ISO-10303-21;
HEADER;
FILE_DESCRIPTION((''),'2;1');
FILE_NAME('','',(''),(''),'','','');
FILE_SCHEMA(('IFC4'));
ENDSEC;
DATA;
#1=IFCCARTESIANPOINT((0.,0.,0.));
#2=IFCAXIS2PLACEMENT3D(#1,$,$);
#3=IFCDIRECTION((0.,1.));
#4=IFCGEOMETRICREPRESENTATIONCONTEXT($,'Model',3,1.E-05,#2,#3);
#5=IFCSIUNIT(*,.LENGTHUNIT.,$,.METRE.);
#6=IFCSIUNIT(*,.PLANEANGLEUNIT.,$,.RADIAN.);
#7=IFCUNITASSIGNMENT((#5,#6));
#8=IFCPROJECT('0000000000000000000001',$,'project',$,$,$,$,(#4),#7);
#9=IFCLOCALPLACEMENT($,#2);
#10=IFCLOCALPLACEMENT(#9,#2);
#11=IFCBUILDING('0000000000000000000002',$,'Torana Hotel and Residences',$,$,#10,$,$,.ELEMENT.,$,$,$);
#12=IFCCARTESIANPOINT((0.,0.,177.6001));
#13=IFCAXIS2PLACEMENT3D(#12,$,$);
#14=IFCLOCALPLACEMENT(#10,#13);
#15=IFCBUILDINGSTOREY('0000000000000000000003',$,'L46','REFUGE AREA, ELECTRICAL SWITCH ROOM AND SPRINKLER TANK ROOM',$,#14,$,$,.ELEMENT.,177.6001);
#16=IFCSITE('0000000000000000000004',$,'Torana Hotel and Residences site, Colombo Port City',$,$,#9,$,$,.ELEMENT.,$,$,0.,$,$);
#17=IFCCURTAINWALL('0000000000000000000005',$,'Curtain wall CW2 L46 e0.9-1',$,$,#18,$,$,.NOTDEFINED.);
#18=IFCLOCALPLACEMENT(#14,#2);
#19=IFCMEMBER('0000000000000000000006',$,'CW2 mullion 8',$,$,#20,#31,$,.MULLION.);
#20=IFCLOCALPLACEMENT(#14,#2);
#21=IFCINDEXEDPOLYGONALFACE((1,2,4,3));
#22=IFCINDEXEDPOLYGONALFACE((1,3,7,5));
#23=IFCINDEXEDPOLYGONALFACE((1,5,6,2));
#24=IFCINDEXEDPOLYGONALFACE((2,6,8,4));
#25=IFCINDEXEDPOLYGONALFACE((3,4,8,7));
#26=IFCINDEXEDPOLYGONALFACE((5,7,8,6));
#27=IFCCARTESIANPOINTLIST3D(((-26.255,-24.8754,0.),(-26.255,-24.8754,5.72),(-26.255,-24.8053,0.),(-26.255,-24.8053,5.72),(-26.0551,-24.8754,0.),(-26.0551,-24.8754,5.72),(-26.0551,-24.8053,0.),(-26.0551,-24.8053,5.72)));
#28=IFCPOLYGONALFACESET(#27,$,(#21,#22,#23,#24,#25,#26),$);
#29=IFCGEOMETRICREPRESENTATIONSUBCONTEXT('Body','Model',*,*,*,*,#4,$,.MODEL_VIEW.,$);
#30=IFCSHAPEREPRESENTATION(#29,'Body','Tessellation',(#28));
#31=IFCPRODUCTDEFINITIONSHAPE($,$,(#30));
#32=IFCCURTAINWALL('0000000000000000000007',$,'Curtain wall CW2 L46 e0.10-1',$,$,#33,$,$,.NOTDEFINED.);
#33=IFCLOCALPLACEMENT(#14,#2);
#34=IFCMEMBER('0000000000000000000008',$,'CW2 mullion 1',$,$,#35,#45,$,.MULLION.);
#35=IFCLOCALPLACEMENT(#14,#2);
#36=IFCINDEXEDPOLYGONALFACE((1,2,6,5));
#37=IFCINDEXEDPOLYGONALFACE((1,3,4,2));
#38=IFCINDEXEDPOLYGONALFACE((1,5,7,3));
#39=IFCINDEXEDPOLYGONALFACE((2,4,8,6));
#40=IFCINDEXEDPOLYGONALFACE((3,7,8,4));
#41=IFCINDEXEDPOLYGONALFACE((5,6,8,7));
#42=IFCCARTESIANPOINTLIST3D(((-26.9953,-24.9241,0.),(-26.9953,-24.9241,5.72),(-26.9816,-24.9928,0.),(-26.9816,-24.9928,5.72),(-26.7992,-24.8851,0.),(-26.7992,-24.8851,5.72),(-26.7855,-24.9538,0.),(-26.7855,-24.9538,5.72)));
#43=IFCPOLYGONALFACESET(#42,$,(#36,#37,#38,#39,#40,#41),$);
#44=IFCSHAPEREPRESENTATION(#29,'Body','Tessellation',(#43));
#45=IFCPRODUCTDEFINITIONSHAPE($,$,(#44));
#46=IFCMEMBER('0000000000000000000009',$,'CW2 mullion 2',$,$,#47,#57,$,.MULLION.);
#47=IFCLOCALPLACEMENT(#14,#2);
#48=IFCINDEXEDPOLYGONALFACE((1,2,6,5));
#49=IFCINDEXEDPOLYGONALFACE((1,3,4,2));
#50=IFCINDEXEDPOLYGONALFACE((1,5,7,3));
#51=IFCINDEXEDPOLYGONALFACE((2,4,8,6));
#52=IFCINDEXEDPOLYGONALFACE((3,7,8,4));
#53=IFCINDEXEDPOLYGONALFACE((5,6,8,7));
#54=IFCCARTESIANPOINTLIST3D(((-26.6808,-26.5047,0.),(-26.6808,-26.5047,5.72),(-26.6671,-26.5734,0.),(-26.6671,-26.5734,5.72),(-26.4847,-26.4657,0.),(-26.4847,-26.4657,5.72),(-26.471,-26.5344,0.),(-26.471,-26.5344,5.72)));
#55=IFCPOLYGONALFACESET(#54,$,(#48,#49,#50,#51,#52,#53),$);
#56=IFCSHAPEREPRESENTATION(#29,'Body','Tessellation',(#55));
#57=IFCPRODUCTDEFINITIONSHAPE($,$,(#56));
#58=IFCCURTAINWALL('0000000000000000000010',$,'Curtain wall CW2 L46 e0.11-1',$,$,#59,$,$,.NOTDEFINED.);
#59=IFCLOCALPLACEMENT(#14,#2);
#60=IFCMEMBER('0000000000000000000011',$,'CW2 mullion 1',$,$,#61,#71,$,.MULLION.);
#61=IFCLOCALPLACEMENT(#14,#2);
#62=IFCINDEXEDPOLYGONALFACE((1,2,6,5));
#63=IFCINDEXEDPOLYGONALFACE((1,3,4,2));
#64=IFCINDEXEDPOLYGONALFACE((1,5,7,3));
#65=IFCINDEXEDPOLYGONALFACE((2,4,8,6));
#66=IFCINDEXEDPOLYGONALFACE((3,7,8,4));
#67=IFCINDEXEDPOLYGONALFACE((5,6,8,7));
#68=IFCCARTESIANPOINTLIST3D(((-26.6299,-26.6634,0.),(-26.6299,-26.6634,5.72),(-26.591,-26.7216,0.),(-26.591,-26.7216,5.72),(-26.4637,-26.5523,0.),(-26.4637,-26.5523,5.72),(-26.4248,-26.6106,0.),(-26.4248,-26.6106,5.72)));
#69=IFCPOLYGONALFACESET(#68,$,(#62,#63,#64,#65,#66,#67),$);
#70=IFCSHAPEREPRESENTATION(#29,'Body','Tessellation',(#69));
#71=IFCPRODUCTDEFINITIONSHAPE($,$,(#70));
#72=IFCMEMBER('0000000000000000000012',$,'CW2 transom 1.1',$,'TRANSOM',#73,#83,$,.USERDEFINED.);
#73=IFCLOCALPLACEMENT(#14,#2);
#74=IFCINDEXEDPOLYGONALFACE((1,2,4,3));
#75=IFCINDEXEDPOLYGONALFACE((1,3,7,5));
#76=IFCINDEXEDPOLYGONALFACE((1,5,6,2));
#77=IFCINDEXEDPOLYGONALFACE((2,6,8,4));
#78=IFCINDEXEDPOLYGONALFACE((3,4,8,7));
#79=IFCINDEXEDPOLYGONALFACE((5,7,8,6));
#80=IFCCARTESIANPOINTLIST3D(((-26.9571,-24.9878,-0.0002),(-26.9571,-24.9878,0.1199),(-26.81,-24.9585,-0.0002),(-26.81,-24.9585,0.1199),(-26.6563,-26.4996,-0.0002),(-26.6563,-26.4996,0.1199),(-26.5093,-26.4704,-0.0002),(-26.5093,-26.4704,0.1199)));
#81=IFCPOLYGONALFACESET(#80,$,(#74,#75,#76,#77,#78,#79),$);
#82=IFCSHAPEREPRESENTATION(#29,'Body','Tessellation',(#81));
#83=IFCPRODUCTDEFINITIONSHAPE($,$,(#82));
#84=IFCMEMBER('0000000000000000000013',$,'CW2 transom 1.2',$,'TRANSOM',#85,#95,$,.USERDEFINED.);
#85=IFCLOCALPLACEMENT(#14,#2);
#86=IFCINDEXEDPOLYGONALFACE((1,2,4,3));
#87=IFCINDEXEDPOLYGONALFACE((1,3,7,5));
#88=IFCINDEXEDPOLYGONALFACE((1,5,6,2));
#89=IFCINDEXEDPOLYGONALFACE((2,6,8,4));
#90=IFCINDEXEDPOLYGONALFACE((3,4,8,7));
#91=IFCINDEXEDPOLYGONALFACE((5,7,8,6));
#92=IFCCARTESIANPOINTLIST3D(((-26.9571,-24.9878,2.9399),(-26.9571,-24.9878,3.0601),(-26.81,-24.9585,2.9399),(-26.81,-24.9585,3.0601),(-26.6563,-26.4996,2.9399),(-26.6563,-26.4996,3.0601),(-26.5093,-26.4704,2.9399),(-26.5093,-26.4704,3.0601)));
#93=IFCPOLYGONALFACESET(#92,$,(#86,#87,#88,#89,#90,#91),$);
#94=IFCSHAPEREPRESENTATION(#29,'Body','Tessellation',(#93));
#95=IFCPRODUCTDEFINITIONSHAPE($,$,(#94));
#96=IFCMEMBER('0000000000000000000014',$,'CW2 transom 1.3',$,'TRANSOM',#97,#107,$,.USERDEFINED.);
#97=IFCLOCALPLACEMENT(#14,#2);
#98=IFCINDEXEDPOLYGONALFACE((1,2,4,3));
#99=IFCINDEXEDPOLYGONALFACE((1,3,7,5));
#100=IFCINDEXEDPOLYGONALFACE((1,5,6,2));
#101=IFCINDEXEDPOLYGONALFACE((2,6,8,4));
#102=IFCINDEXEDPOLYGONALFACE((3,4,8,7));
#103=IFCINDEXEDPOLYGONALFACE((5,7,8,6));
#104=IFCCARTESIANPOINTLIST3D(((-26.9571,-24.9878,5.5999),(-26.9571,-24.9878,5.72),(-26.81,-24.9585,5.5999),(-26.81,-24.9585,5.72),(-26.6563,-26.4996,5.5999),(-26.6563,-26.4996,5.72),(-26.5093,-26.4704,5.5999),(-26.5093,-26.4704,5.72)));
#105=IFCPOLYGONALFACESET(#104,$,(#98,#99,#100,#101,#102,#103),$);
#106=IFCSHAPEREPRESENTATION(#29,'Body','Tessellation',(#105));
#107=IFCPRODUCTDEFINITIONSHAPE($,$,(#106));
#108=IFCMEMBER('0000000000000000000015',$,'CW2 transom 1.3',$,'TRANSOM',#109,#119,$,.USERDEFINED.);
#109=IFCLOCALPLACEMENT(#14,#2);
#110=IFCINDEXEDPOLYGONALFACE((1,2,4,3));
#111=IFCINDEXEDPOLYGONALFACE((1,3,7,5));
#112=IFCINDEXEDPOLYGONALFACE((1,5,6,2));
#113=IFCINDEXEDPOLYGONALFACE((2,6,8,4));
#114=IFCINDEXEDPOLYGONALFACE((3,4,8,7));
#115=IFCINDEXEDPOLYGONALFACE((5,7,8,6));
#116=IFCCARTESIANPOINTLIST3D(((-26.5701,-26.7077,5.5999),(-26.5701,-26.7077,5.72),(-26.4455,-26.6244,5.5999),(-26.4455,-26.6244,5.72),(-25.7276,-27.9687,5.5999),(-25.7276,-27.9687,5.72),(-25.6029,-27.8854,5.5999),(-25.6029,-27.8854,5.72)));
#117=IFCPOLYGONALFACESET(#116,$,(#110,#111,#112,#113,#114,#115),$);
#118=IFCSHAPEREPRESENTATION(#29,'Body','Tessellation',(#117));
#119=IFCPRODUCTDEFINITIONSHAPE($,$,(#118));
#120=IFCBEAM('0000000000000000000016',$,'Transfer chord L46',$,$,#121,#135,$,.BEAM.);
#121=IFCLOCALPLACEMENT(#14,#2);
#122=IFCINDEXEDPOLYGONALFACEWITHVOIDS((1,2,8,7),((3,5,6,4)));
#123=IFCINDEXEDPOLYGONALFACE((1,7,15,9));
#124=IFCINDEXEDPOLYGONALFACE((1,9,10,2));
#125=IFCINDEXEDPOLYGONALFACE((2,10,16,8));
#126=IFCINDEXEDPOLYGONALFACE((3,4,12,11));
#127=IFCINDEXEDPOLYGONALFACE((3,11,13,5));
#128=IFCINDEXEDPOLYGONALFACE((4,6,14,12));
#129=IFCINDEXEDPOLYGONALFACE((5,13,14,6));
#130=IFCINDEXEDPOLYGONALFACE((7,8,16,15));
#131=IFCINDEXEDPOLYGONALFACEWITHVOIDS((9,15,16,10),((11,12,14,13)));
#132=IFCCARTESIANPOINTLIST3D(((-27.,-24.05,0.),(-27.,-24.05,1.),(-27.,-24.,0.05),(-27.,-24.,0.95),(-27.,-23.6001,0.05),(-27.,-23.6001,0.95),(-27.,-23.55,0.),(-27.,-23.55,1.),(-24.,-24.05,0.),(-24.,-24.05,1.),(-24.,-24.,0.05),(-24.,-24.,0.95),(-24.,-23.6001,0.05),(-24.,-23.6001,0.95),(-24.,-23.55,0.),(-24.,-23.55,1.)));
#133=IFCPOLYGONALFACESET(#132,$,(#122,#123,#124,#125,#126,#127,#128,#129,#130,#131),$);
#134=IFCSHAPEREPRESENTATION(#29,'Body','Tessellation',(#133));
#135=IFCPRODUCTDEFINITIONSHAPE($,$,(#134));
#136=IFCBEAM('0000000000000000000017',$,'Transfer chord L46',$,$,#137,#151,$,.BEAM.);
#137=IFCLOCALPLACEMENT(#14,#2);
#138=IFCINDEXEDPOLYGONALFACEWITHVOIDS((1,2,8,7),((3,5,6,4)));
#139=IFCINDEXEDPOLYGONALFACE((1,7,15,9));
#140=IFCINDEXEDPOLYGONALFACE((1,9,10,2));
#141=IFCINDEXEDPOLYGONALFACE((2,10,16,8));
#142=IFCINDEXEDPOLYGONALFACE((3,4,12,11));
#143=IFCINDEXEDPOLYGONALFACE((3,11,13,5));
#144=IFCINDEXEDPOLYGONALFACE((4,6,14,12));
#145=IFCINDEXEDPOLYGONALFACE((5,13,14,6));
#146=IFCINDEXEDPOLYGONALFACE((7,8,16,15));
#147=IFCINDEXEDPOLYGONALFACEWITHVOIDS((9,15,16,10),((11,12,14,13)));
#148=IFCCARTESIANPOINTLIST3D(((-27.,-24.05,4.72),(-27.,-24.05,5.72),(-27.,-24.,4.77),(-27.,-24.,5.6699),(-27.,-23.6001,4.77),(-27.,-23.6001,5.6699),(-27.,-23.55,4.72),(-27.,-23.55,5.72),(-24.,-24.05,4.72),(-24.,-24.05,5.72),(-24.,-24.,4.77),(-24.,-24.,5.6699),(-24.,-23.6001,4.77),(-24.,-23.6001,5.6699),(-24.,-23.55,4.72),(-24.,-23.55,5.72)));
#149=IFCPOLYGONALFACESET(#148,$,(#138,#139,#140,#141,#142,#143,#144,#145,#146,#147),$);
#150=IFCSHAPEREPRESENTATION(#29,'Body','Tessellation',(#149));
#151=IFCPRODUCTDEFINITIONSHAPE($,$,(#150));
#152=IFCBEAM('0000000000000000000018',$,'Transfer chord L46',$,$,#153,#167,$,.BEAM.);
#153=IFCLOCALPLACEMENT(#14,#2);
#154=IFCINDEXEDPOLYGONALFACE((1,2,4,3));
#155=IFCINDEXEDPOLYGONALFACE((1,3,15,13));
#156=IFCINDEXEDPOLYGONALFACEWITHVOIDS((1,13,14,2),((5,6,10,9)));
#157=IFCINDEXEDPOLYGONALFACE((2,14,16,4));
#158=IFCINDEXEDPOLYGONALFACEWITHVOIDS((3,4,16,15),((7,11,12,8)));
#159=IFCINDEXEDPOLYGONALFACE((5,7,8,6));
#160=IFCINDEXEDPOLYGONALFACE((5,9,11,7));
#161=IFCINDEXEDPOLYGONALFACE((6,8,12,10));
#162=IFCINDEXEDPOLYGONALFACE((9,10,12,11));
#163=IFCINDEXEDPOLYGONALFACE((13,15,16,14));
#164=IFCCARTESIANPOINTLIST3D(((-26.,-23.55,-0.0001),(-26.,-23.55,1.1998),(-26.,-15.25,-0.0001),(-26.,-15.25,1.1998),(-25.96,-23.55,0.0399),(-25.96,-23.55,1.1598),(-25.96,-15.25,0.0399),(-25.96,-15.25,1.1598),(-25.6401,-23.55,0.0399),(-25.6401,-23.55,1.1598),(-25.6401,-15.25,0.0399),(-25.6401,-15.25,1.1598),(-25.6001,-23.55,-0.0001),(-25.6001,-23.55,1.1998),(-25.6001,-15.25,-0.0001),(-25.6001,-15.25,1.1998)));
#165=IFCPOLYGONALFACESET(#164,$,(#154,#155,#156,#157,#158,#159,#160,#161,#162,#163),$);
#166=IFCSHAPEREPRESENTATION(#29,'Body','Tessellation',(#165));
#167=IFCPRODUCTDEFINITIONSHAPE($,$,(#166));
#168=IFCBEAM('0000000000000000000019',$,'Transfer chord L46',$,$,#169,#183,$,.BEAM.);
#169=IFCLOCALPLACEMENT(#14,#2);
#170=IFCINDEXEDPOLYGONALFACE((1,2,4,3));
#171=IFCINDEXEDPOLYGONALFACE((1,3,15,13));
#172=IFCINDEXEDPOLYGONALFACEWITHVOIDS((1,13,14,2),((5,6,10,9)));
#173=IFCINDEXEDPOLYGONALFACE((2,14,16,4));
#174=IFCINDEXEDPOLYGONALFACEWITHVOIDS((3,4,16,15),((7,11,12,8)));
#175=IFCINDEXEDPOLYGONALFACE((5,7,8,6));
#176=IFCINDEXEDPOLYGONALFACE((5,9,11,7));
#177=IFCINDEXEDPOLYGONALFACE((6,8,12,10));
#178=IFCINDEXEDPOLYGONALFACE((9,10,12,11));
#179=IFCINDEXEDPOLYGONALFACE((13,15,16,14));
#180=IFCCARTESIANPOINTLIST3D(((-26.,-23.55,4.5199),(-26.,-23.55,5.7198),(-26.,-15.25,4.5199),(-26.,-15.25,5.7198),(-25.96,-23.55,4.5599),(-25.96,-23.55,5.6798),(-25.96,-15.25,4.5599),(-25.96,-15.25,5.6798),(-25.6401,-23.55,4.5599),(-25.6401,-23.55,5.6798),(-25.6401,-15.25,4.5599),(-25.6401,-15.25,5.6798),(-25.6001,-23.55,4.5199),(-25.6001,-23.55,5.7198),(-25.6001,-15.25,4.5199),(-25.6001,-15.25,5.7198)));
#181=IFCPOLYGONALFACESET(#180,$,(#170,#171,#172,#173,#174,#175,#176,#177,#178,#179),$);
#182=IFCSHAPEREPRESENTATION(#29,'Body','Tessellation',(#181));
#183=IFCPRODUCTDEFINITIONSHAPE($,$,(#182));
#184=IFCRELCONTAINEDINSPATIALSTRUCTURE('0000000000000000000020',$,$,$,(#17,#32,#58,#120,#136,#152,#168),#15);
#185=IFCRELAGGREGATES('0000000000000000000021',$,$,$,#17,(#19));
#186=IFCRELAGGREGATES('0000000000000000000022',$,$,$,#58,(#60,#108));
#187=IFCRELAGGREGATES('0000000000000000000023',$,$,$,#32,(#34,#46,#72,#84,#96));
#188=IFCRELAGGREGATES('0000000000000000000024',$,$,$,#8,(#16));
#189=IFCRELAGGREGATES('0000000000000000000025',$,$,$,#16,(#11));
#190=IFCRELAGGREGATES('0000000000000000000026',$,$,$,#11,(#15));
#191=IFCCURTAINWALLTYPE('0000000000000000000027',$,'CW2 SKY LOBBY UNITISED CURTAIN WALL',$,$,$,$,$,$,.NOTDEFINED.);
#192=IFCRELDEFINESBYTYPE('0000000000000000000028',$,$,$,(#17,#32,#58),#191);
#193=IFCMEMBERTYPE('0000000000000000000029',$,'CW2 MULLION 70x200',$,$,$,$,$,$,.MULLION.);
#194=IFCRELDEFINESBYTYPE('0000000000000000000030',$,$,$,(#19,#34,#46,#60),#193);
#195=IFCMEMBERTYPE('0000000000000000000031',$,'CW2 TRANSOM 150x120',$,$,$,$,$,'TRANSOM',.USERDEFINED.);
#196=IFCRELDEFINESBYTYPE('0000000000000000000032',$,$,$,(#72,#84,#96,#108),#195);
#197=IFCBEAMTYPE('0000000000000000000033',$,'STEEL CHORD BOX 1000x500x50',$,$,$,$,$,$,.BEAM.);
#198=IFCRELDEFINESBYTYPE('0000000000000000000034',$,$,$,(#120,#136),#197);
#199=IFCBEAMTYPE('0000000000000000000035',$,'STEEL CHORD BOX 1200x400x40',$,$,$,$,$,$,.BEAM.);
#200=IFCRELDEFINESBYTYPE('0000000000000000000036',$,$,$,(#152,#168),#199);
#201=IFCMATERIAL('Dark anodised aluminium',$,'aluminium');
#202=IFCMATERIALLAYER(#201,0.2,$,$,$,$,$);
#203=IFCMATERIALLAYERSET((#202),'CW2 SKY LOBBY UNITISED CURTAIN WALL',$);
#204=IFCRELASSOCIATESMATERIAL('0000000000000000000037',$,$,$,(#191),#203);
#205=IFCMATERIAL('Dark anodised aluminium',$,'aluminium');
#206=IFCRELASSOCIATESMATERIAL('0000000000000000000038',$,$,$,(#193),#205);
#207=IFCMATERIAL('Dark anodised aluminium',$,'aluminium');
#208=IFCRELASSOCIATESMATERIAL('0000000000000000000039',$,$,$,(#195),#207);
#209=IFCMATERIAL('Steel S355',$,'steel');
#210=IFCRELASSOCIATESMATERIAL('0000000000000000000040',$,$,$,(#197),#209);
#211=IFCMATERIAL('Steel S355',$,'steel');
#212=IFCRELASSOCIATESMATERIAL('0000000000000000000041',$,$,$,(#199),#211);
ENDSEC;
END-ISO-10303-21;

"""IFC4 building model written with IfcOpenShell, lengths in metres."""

from ifc_helpers import new_model, si_unit, direction, frame, origin, origin_2d, place, context, subcontext, project, spatial, rectangle, hollow_rectangle, extrude, material, layer, layer_set, material_profile, profile_set, type_object, element, aggregate, save


model = new_model("IFC4")

# Units and contexts
model_context = context("Model", 3, precision=1e-05, world=origin(), true_north=direction((0.0, 1.0)))
body_context = subcontext(model_context, "Body", "Model", "MODEL_VIEW")
ifc_project = project(units=[si_unit("LENGTHUNIT", "METRE"), si_unit("PLANEANGLEUNIT", "RADIAN")], contexts=[model_context])

# Site, building, storey
site_placement = place(None, origin())
site = spatial("IfcSite", under=ifc_project, at=site_placement, Name="Torana Hotel and Residences site, Colombo Port City", CompositionType="ELEMENT", RefElevation=0.0)
building_placement = place(site_placement, origin())
building = spatial("IfcBuilding", under=site, at=building_placement, Name="Torana Hotel and Residences", CompositionType="ELEMENT")
storey_placement = place(building_placement, frame((0.0, 0.0, 177.6001)))
storey = spatial("IfcBuildingStorey", under=building, at=storey_placement, Name="L46", Description="REFUGE AREA, ELECTRICAL SWITCH ROOM AND SPRINKLER TANK ROOM", CompositionType="ELEMENT", Elevation=177.6001)

# Curtain wall, member
ifc_material_1 = material(Name="Dark anodised aluminium", Category="aluminium")
ifc_layer_1 = layer(ifc_material_1, 0.2)
ifc_layer_set_1 = layer_set([ifc_layer_1], Name="CW2 SKY LOBBY UNITISED CURTAIN WALL")
curtain_wall_type = type_object("IfcCurtainWallType", Name="CW2 SKY LOBBY UNITISED CURTAIN WALL", PredefinedType="NOTDEFINED", material=ifc_layer_set_1)
curtain_wall_1_placement = place(storey_placement, origin())
curtain_wall_1 = element("IfcCurtainWall", 1, at=curtain_wall_1_placement, inside=storey, type_object=curtain_wall_type, Name="Curtain wall CW2 L46 e0.9-1", PredefinedType="NOTDEFINED")
ifc_material_2 = material(Name="Dark anodised aluminium", Category="aluminium")
ifc_material_profile_1 = material_profile(ifc_material_2, rectangle(XDim=0.2, YDim=0.0701, at=origin_2d()), Name="CW2 MULLION 70x200")
ifc_profile_set_1 = profile_set([ifc_material_profile_1], Name="Dark anodised aluminium")
member_type_1 = type_object("IfcMemberType", Name="CW2 MULLION 70x200", PredefinedType="MULLION", material=ifc_profile_set_1)
member_1_placement = place(storey_placement, frame((-26.155, -24.8403, 0.0), z_axis=(0.0, 0.0, 1.0), x_axis=(1.0, 0.0, 0.0)))
member_1 = element("IfcMember", 2, at=member_1_placement, type_object=member_type_1, Name="CW2 mullion 8", PredefinedType="MULLION", context=body_context, shape_type="SweptSolid", body=[
    extrude(rectangle(XDim=0.2, YDim=0.0701, at=origin_2d()), origin(), (0.0, 0.0, 1.0), 5.72),
])
aggregate(curtain_wall_1, [member_1])

# Curtain wall, members
curtain_wall_2_placement = place(storey_placement, origin())
curtain_wall_2 = element("IfcCurtainWall", 3, at=curtain_wall_2_placement, inside=storey, type_object=curtain_wall_type, Name="Curtain wall CW2 L46 e0.10-1", PredefinedType="NOTDEFINED")
member_2_placement = place(storey_placement, frame((-26.8904, -24.939, 0.0), z_axis=(0.0, 0.0, 1.0), x_axis=(0.980791, 0.195064, 0.0)))
member_2 = element("IfcMember", 4, at=member_2_placement, type_object=member_type_1, Name="CW2 mullion 1", PredefinedType="MULLION", context=body_context, shape_type="SweptSolid", body=[
    extrude(rectangle(XDim=0.2, YDim=0.0701, at=origin_2d()), origin(), (0.0, 0.0, 1.0), 5.72),
])
member_3_placement = place(storey_placement, frame((-26.5759, -26.5195, 0.0), z_axis=(0.0, 0.0, 1.0), x_axis=(0.980791, 0.195064, 0.0)))
member_3 = element("IfcMember", 5, at=member_3_placement, type_object=member_type_1, Name="CW2 mullion 2", PredefinedType="MULLION", context=body_context, shape_type="SweptSolid", body=[
    extrude(rectangle(XDim=0.2, YDim=0.0701, at=origin_2d()), origin(), (0.0, 0.0, 1.0), 5.72),
])

# Curtain wall, member
curtain_wall_3_placement = place(storey_placement, origin())
curtain_wall_3 = element("IfcCurtainWall", 6, at=curtain_wall_3_placement, inside=storey, type_object=curtain_wall_type, Name="Curtain wall CW2 L46 e0.11-1", PredefinedType="NOTDEFINED")
member_4_placement = place(storey_placement, frame((-26.5273, -26.637, 0.0), z_axis=(0.0, 0.0, 1.0), x_axis=(0.831474, 0.555564, 0.0)))
member_4 = element("IfcMember", 7, at=member_4_placement, type_object=member_type_1, Name="CW2 mullion 1", PredefinedType="MULLION", context=body_context, shape_type="SweptSolid", body=[
    extrude(rectangle(XDim=0.2, YDim=0.0701, at=origin_2d()), origin(), (0.0, 0.0, 1.0), 5.72),
])

# Members
ifc_material_3 = material(Name="Dark anodised aluminium", Category="aluminium")
ifc_material_profile_2 = material_profile(ifc_material_3, rectangle(XDim=0.1499, YDim=0.1201, at=origin_2d()), Name="CW2 TRANSOM 150x120")
ifc_profile_set_2 = profile_set([ifc_material_profile_2], Name="Dark anodised aluminium")
member_type_2 = type_object("IfcMemberType", Name="CW2 TRANSOM 150x120", ElementType="TRANSOM", PredefinedType="USERDEFINED", material=ifc_profile_set_2)
member_5_placement = place(storey_placement, frame((-26.8835, -24.9731, 0.0598), z_axis=(0.195111, -0.980781, 0.0), x_axis=(0.980781, 0.195111, 0.0)))
member_5 = element("IfcMember", 8, at=member_5_placement, type_object=member_type_2, Name="CW2 transom 1.1", ObjectType="TRANSOM", PredefinedType="USERDEFINED", context=body_context, shape_type="SweptSolid", body=[
    extrude(rectangle(XDim=0.1499, YDim=0.1201, at=origin_2d()), origin(), (0.0, 0.0, 1.0), 1.5415),
])
member_6_placement = place(storey_placement, frame((-26.8835, -24.9731, 3.0), z_axis=(0.195111, -0.980781, 0.0), x_axis=(0.980781, 0.195111, 0.0)))
member_6 = element("IfcMember", 9, at=member_6_placement, type_object=member_type_2, Name="CW2 transom 1.2", ObjectType="TRANSOM", PredefinedType="USERDEFINED", context=body_context, shape_type="SweptSolid", body=[
    extrude(rectangle(XDim=0.1499, YDim=0.1201, at=origin_2d()), origin(), (0.0, 0.0, 1.0), 1.5415),
])
member_7_placement = place(storey_placement, frame((-26.8835, -24.9731, 5.6599), z_axis=(0.195111, -0.980781, 0.0), x_axis=(0.980781, 0.195111, 0.0)))
member_7 = element("IfcMember", 10, at=member_7_placement, type_object=member_type_2, Name="CW2 transom 1.3", ObjectType="TRANSOM", PredefinedType="USERDEFINED", context=body_context, shape_type="SweptSolid", body=[
    extrude(rectangle(XDim=0.1499, YDim=0.1201, at=origin_2d()), origin(), (0.0, 0.0, 1.0), 1.5415),
])
member_8_placement = place(storey_placement, frame((-26.5078, -26.666, 5.6599), z_axis=(0.555554, -0.83148, 0.0), x_axis=(0.83148, 0.555554, 0.0)))
member_8 = element("IfcMember", 11, at=member_8_placement, type_object=member_type_2, Name="CW2 transom 1.3", ObjectType="TRANSOM", PredefinedType="USERDEFINED", context=body_context, shape_type="SweptSolid", body=[
    extrude(rectangle(XDim=0.1499, YDim=0.1201, at=origin_2d()), origin(), (0.0, 0.0, 1.0), 1.5166),
])
aggregate(curtain_wall_3, [member_4, member_8])

# Beams
ifc_material_4 = material(Name="Steel S355", Category="steel")
ifc_material_profile_3 = material_profile(ifc_material_4, hollow_rectangle(XDim=0.5, YDim=1.0, WallThickness=0.05, at=origin_2d()), Name="BOX 1000x500x50")
ifc_profile_set_3 = profile_set([ifc_material_profile_3], Name="Steel S355")
beam_type_1 = type_object("IfcBeamType", Name="STEEL CHORD BOX 1000x500x50", PredefinedType="BEAM", material=ifc_profile_set_3)
for number, where, z_axis, x_axis, name in (
    (12, (-27.0, -23.8, 0.5), (1.0, 0.0, 0.0), (0.0, 1.0, 0.0), "Transfer chord L46"),
    (13, (-27.0, -23.8, 5.22), (1.0, 0.0, 0.0), (0.0, 1.0, 0.0), "Transfer chord L46"),
):
    element("IfcBeam", number, at=place(storey_placement, frame(where, z_axis=z_axis, x_axis=x_axis)), inside=storey, type_object=beam_type_1, Name=name, PredefinedType="BEAM", context=body_context, shape_type="SweptSolid", body=[
        extrude(hollow_rectangle(XDim=0.5, YDim=1.0, WallThickness=0.05, at=origin_2d()), origin(), (0.0, 0.0, 1.0), 3.0),
    ])
ifc_material_5 = material(Name="Steel S355", Category="steel")
ifc_material_profile_4 = material_profile(ifc_material_5, hollow_rectangle(XDim=0.3999, YDim=1.2, WallThickness=0.04, at=origin_2d()), Name="BOX 1200x400x40")
ifc_profile_set_4 = profile_set([ifc_material_profile_4], Name="Steel S355")
beam_type_2 = type_object("IfcBeamType", Name="STEEL CHORD BOX 1200x400x40", PredefinedType="BEAM", material=ifc_profile_set_4)
for number, where, z_axis, x_axis, name in (
    (14, (-25.8, -23.55, 0.5999), (0.0, 1.0, 0.0), (-1.0, 0.0, 0.0), "Transfer chord L46"),
    (15, (-25.8, -23.55, 5.1199), (0.0, 1.0, 0.0), (-1.0, 0.0, 0.0), "Transfer chord L46"),
):
    element("IfcBeam", number, at=place(storey_placement, frame(where, z_axis=z_axis, x_axis=x_axis)), inside=storey, type_object=beam_type_2, Name=name, PredefinedType="BEAM", context=body_context, shape_type="SweptSolid", body=[
        extrude(hollow_rectangle(XDim=0.3999, YDim=1.2, WallThickness=0.04, at=origin_2d()), origin(), (0.0, 0.0, 1.0), 8.3),
    ])

aggregate(curtain_wall_2, [member_2, member_3, member_5, member_6, member_7])

save(model, "model.ifc")
